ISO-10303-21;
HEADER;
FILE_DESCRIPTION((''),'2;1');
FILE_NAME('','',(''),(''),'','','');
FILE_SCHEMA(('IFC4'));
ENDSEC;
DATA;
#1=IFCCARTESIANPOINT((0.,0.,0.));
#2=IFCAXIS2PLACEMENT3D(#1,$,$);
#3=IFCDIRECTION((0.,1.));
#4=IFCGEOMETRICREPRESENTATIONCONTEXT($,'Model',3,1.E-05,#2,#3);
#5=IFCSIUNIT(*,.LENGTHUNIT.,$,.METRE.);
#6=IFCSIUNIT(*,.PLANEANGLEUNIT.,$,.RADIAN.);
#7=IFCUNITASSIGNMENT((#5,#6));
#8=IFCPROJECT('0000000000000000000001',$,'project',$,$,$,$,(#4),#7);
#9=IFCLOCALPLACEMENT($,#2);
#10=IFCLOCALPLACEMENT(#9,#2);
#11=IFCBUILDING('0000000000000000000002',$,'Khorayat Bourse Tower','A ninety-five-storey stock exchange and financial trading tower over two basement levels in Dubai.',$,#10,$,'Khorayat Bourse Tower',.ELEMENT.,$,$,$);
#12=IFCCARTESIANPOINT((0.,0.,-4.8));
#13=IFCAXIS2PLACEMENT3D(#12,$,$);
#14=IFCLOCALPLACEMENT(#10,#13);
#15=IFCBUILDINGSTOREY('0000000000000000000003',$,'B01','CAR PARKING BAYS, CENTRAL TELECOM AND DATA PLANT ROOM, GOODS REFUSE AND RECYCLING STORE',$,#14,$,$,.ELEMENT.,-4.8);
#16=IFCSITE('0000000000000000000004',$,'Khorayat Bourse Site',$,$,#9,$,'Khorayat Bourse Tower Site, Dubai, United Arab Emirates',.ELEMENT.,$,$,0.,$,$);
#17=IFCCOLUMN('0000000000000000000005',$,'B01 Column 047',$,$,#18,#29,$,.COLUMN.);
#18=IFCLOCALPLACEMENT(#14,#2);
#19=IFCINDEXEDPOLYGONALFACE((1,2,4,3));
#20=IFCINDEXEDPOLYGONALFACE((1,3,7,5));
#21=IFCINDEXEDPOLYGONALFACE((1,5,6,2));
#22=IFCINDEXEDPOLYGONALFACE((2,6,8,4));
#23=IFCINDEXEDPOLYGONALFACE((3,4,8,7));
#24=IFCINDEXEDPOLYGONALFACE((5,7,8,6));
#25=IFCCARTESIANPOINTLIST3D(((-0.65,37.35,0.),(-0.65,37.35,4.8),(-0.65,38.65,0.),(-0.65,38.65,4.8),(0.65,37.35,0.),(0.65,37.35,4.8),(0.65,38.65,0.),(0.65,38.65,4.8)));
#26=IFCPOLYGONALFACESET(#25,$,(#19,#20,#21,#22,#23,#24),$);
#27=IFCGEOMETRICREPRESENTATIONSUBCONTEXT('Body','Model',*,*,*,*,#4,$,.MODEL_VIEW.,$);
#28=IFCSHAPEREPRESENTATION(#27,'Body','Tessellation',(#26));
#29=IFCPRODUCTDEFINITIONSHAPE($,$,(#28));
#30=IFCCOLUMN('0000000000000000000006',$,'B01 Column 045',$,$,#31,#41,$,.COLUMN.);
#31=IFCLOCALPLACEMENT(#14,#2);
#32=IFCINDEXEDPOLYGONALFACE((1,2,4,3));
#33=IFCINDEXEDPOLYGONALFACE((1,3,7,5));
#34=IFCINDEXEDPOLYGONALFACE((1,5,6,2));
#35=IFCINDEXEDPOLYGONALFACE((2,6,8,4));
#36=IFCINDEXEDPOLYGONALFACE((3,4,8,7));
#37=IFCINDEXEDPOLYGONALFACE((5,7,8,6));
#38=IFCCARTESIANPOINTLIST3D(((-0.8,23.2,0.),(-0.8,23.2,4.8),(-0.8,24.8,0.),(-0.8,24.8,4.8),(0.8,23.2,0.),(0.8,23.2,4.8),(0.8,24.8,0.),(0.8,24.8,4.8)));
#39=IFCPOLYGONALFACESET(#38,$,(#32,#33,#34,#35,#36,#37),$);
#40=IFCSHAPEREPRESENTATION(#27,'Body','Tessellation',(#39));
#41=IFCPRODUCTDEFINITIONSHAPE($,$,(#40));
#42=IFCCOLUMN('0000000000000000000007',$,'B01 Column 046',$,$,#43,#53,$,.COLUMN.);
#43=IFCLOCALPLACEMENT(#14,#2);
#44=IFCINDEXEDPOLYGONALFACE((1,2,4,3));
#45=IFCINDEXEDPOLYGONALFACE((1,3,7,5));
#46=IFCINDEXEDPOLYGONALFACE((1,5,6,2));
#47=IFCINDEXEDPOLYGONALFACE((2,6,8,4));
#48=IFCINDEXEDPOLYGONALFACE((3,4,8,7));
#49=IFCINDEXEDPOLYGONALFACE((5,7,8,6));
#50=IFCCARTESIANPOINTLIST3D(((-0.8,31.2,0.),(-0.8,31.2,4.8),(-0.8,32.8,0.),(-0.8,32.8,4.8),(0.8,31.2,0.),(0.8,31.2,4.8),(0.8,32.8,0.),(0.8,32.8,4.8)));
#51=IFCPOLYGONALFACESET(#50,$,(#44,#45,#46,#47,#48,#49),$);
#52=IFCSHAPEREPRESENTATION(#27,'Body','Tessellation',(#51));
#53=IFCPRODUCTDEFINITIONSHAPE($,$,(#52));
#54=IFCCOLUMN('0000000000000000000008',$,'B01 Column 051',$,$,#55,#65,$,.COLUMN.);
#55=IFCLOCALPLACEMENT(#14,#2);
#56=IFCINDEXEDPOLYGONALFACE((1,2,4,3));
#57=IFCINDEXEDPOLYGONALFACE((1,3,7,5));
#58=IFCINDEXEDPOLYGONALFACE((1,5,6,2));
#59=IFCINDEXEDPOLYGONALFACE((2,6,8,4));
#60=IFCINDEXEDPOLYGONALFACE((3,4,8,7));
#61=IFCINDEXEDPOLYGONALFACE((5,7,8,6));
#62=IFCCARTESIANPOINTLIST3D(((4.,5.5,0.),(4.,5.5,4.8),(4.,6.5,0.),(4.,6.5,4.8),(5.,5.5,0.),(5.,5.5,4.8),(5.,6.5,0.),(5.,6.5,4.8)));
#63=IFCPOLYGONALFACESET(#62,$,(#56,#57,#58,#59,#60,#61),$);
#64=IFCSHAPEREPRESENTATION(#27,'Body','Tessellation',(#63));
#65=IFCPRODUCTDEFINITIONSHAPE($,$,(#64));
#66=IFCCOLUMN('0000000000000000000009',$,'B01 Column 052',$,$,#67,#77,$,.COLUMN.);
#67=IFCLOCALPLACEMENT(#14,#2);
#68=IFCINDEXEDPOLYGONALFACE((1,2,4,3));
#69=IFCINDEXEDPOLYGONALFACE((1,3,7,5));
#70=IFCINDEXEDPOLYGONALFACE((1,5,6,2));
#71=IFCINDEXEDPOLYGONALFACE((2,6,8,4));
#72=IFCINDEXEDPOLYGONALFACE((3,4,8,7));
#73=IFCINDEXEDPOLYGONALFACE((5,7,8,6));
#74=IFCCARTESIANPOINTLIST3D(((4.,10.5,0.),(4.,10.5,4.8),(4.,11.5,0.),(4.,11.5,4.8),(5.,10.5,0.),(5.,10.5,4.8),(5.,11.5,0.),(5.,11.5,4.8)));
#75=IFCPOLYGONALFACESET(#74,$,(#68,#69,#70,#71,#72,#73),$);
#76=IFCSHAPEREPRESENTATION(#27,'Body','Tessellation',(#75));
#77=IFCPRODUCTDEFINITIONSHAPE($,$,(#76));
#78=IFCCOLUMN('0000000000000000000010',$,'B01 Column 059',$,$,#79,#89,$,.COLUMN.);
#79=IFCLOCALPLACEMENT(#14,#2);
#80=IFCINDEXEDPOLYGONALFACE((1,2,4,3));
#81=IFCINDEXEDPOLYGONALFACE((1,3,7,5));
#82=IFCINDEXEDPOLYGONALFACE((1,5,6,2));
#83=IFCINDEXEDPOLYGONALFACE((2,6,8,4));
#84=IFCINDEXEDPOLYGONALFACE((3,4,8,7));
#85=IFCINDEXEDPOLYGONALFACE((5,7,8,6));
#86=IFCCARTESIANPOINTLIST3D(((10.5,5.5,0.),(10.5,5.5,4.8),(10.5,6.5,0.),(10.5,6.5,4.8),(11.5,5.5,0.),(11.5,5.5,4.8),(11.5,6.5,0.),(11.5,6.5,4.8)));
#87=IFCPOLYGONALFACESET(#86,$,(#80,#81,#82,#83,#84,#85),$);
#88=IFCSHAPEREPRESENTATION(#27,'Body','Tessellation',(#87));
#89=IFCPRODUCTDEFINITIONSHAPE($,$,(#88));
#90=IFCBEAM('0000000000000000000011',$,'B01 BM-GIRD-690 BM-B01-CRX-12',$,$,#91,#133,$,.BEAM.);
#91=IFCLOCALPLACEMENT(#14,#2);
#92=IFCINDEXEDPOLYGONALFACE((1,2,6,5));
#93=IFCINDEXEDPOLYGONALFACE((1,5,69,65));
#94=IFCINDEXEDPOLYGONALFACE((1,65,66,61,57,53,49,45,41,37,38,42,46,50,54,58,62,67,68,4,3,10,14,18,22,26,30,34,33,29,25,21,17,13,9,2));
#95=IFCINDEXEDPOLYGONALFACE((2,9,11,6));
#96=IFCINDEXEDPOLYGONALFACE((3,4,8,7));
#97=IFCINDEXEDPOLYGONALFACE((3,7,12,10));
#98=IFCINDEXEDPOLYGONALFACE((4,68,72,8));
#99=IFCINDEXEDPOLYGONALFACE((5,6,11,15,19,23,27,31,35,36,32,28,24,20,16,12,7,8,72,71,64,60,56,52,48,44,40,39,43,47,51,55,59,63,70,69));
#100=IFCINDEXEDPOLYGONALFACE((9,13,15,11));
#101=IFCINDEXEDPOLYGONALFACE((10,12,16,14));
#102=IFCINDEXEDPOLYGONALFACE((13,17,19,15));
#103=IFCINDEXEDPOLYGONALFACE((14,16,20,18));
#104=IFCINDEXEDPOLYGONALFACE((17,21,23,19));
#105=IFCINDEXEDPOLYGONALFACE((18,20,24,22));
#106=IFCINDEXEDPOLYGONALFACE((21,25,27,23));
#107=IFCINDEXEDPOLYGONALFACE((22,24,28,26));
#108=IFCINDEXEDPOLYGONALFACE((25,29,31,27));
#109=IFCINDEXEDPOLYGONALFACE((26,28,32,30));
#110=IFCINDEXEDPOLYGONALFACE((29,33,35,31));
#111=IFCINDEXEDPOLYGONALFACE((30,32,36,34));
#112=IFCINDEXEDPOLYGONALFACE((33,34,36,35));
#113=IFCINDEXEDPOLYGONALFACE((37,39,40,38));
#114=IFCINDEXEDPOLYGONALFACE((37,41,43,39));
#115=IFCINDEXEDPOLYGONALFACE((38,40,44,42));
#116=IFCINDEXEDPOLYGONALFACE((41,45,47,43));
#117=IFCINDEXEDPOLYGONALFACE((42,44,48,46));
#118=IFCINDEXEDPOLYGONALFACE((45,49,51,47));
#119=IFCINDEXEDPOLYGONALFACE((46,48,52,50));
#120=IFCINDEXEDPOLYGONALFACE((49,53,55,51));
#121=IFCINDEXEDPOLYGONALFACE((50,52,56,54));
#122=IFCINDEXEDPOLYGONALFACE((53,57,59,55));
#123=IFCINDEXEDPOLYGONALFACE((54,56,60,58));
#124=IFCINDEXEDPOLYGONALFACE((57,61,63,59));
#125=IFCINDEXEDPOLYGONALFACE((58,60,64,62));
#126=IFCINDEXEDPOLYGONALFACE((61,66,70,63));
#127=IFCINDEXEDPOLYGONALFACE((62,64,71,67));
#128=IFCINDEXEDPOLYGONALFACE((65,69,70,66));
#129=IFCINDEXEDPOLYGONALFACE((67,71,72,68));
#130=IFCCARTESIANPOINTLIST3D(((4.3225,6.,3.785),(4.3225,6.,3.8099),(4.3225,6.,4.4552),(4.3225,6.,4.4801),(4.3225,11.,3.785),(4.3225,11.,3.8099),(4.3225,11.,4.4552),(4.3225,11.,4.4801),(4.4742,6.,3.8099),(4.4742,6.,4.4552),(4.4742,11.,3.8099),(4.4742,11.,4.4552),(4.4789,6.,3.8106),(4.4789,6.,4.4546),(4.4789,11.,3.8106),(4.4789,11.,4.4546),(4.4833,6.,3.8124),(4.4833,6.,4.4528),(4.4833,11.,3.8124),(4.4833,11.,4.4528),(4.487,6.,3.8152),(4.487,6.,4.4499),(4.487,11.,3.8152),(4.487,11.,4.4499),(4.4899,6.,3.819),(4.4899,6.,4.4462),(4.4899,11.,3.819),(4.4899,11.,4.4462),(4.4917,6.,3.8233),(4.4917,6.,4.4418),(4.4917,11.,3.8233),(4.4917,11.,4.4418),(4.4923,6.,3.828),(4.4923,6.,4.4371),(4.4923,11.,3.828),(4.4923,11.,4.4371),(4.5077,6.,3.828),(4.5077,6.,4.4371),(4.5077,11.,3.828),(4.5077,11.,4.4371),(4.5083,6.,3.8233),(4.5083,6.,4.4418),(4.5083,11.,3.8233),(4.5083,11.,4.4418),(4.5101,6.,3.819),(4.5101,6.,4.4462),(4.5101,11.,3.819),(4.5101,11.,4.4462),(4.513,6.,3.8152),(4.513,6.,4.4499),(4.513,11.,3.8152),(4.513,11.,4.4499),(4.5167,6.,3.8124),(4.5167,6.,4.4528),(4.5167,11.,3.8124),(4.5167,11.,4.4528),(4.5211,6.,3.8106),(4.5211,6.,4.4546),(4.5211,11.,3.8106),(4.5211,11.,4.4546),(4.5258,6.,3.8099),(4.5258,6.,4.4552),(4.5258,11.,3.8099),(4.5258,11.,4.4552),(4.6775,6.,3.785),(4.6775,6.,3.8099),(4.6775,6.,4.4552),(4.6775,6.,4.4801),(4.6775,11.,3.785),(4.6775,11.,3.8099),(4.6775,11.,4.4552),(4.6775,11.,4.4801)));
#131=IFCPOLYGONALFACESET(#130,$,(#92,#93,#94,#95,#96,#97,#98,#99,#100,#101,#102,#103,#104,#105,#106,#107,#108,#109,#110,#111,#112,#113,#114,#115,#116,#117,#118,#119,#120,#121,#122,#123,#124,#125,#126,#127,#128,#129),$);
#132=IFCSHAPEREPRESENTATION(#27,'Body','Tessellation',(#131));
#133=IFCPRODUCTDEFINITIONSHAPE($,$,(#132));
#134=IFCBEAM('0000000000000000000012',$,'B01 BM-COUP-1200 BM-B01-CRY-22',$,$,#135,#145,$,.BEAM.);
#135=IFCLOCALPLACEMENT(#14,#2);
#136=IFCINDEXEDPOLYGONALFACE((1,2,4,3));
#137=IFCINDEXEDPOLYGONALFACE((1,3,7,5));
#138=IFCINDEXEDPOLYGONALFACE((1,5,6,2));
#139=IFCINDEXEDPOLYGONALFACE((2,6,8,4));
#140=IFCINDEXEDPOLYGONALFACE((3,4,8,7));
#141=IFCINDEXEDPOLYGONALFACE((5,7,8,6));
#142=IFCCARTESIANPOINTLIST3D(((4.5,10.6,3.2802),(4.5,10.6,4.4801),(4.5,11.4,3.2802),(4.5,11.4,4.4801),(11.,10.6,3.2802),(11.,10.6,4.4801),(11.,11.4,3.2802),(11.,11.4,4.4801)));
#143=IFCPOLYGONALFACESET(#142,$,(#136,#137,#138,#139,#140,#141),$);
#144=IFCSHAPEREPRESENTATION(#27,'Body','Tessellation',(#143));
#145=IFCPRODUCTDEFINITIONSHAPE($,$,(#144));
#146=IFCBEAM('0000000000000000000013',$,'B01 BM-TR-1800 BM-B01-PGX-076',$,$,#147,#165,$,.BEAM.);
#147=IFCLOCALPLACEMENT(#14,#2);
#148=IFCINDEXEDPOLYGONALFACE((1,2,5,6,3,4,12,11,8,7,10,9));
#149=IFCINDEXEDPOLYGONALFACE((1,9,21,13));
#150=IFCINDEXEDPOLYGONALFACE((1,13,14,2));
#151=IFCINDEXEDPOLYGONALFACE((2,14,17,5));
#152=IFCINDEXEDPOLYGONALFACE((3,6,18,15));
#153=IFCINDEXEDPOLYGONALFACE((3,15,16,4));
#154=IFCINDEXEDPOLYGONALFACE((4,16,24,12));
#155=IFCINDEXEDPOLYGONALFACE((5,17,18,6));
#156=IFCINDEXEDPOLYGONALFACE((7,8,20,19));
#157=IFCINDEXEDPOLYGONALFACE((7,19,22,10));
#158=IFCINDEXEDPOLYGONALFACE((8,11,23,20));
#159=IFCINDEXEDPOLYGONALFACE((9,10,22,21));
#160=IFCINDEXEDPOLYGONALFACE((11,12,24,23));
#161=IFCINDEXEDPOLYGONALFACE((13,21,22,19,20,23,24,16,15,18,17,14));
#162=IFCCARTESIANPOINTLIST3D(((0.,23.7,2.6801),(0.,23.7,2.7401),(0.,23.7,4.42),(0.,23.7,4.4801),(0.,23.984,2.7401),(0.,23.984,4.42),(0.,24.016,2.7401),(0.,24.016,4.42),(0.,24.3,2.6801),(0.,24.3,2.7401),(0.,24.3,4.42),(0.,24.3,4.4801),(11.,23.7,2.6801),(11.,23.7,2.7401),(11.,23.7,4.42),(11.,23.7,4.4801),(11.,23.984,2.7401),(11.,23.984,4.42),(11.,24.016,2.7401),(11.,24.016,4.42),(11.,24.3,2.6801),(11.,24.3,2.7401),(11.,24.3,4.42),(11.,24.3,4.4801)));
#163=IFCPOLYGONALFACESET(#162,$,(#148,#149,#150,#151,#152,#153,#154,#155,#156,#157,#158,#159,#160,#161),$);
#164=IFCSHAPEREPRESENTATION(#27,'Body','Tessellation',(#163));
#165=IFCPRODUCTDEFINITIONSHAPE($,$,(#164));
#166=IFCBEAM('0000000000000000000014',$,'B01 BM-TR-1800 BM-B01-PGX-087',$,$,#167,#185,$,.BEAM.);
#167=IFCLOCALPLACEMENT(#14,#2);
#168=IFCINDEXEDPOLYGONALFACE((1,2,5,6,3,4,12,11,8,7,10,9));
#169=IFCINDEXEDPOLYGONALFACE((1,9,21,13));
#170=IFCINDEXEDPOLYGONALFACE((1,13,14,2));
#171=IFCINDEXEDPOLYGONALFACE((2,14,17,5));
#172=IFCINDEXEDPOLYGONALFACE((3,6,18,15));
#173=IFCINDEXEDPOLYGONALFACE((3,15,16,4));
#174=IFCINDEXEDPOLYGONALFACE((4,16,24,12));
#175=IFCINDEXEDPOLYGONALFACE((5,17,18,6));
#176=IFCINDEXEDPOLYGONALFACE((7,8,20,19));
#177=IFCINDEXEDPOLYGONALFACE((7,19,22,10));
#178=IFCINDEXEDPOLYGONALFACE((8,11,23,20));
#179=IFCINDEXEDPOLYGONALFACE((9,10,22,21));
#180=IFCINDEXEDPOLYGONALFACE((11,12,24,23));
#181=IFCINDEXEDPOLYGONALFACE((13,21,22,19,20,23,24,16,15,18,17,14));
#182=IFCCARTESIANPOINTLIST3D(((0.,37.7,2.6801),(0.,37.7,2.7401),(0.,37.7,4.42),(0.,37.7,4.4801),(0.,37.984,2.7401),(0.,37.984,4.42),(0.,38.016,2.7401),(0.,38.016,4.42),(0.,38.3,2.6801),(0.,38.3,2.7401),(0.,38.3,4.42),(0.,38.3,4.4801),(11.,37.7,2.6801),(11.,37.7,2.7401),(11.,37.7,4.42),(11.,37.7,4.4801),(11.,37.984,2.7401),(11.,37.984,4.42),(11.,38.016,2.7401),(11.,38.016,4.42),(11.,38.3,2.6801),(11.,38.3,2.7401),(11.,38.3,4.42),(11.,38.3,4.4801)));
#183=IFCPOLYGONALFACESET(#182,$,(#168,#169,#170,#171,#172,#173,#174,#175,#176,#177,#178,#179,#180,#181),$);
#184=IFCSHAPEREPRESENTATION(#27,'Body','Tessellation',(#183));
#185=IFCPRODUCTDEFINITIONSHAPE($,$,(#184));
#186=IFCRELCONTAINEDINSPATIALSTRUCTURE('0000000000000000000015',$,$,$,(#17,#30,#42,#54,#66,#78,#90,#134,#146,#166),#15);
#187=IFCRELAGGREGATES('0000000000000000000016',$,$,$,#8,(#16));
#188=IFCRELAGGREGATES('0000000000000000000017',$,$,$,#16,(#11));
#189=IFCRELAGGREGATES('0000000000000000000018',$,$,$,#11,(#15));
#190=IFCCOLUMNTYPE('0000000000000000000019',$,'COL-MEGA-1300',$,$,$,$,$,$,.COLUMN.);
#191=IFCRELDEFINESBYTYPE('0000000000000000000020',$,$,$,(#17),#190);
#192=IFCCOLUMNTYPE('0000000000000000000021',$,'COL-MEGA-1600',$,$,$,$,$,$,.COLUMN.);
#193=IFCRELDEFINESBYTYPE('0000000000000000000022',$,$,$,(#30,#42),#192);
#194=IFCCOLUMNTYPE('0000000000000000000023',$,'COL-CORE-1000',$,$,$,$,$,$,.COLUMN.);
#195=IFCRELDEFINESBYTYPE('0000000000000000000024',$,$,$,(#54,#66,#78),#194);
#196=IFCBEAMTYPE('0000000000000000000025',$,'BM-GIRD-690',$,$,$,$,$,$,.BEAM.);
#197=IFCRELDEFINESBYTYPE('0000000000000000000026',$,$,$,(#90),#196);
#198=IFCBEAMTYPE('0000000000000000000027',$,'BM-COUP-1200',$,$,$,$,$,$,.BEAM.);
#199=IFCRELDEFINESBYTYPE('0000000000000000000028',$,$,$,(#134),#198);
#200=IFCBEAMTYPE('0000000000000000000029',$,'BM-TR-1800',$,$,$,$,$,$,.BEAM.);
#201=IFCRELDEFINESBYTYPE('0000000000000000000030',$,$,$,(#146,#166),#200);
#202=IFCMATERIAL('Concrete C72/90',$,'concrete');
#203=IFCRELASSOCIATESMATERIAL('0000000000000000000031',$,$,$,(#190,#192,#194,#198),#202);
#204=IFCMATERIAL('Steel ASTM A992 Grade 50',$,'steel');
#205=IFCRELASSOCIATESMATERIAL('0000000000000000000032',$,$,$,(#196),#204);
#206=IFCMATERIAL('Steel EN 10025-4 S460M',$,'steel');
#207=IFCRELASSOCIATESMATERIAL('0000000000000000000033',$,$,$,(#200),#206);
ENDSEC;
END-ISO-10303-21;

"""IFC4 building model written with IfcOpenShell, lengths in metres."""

from ifc_helpers import new_model, si_unit, direction, frame, origin, origin_2d, place, context, subcontext, project, spatial, rectangle, i_section, extrude, source, transform, mapped, material, material_profile, profile_set, type_object, element, save


model = new_model("IFC4")

# Units and contexts
model_context = context("Model", 3, precision=1e-05, world=origin(), true_north=direction((0.0, 1.0)))
body_context = subcontext(model_context, "Body", "Model", "MODEL_VIEW")
ifc_project = project(units=[si_unit("LENGTHUNIT", "METRE"), si_unit("PLANEANGLEUNIT", "RADIAN")], contexts=[model_context])

# Site, building, storey
site_placement = place(None, origin())
site = spatial("IfcSite", under=ifc_project, at=site_placement, Name="Khorayat Bourse Site", LongName="Khorayat Bourse Tower Site, Dubai, United Arab Emirates", CompositionType="ELEMENT", RefElevation=0.0)
building_placement = place(site_placement, origin())
building = spatial("IfcBuilding", under=site, at=building_placement, Name="Khorayat Bourse Tower", Description="A ninety-five-storey stock exchange and financial trading tower over two basement levels in Dubai.", LongName="Khorayat Bourse Tower", CompositionType="ELEMENT")
storey_placement = place(building_placement, frame((0.0, 0.0, -4.8)))
storey = spatial("IfcBuildingStorey", under=building, at=storey_placement, Name="B01", Description="CAR PARKING BAYS, CENTRAL TELECOM AND DATA PLANT ROOM, GOODS REFUSE AND RECYCLING STORE", CompositionType="ELEMENT", Elevation=-4.8)

# Columns
ifc_material_1 = material(Name="Concrete C72/90", Category="concrete")
ifc_material_profile_1 = material_profile(ifc_material_1, rectangle(XDim=1.3, YDim=1.3, at=origin_2d()), Name="RC 1300x1300")
ifc_profile_set_1 = profile_set([ifc_material_profile_1], Name="Concrete C72/90")
column_type_1 = type_object("IfcColumnType", Name="COL-MEGA-1300", PredefinedType="COLUMN", material=ifc_profile_set_1)
shared_shape_1 = source(origin(), body_context, "Body", "SweptSolid", [
    extrude(rectangle(XDim=1.3, YDim=1.3, at=origin_2d()), origin(), (0.0, 0.0, 1.0), 4.8),
])
column_placement = place(storey_placement, frame((0.0, 38.0, 0.0), z_axis=(0.0, 0.0, 1.0), x_axis=(1.0, 0.0, 0.0)))
element("IfcColumn", 1, at=column_placement, inside=storey, type_object=column_type_1, Name="B01 Column 047", PredefinedType="COLUMN", context=body_context, shape_type="MappedRepresentation", body=[
    mapped(shared_shape_1, transform((0.0, 0.0, 0.0), scale=1.0)),
])
ifc_material_profile_2 = material_profile(ifc_material_1, rectangle(XDim=1.6001, YDim=1.6001, at=origin_2d()), Name="RC 1600x1600")
ifc_profile_set_2 = profile_set([ifc_material_profile_2], Name="Concrete C72/90")
column_type_2 = type_object("IfcColumnType", Name="COL-MEGA-1600", PredefinedType="COLUMN", material=ifc_profile_set_2)
shared_shape_2 = source(origin(), body_context, "Body", "SweptSolid", [
    extrude(rectangle(XDim=1.6001, YDim=1.6001, at=origin_2d()), origin(), (0.0, 0.0, 1.0), 4.8),
])
for number, where, z_axis, x_axis, name in (
    (2, (0.0, 24.0, 0.0), (0.0, 0.0, 1.0), (1.0, 0.0, 0.0), "B01 Column 045"),
    (3, (0.0, 32.0, 0.0), (0.0, 0.0, 1.0), (1.0, 0.0, 0.0), "B01 Column 046"),
):
    element("IfcColumn", number, at=place(storey_placement, frame(where, z_axis=z_axis, x_axis=x_axis)), inside=storey, type_object=column_type_2, Name=name, PredefinedType="COLUMN", context=body_context, shape_type="MappedRepresentation", body=[
        mapped(shared_shape_2, transform((0.0, 0.0, 0.0), scale=1.0)),
    ])
ifc_material_profile_3 = material_profile(ifc_material_1, rectangle(XDim=1.0, YDim=1.0, at=origin_2d()), Name="RC 1000x1000")
ifc_profile_set_3 = profile_set([ifc_material_profile_3], Name="Concrete C72/90")
column_type_3 = type_object("IfcColumnType", Name="COL-CORE-1000", PredefinedType="COLUMN", material=ifc_profile_set_3)
shared_shape_3 = source(origin(), body_context, "Body", "SweptSolid", [
    extrude(rectangle(XDim=1.0, YDim=1.0, at=origin_2d()), origin(), (0.0, 0.0, 1.0), 4.8),
])
for number, where, z_axis, x_axis, name in (
    (4, (4.5, 6.0, 0.0), (0.0, 0.0, 1.0), (1.0, 0.0, 0.0), "B01 Column 051"),
    (5, (4.5, 11.0, 0.0), (0.0, 0.0, 1.0), (1.0, 0.0, 0.0), "B01 Column 052"),
    (6, (11.0, 6.0, 0.0), (0.0, 0.0, 1.0), (1.0, 0.0, 0.0), "B01 Column 059"),
):
    element("IfcColumn", number, at=place(storey_placement, frame(where, z_axis=z_axis, x_axis=x_axis)), inside=storey, type_object=column_type_3, Name=name, PredefinedType="COLUMN", context=body_context, shape_type="MappedRepresentation", body=[
        mapped(shared_shape_3, transform((0.0, 0.0, 0.0), scale=1.0)),
    ])

# Beams
ifc_material_2 = material(Name="Steel ASTM A992 Grade 50", Category="steel")
ifc_material_profile_4 = material_profile(ifc_material_2, i_section(OverallWidth=0.355, OverallDepth=0.6951, WebThickness=0.0154, FlangeThickness=0.0249, FilletRadius=0.0181, at=origin_2d()), Name="W690X217")
ifc_profile_set_4 = profile_set([ifc_material_profile_4], Name="Steel ASTM A992 Grade 50")
beam_type_1 = type_object("IfcBeamType", Name="BM-GIRD-690", PredefinedType="BEAM", material=ifc_profile_set_4)
shared_shape_4 = source(origin(), body_context, "Body", "SweptSolid", [
    extrude(i_section(OverallWidth=0.355, OverallDepth=0.6951, WebThickness=0.0154, FlangeThickness=0.0249, FilletRadius=0.0181, at=origin_2d()), origin(), (0.0, 0.0, 1.0), 5.0),
])
beam_1_placement = place(storey_placement, frame((4.5, 6.0, 4.1326), z_axis=(0.0, 1.0, 0.0), x_axis=(-1.0, 0.0, 0.0)))
element("IfcBeam", 7, at=beam_1_placement, inside=storey, type_object=beam_type_1, Name="B01 BM-GIRD-690 BM-B01-CRX-12", PredefinedType="BEAM", context=body_context, shape_type="MappedRepresentation", body=[
    mapped(shared_shape_4, transform((0.0, 0.0, 0.0), scale=1.0)),
])
ifc_material_profile_5 = material_profile(ifc_material_1, rectangle(XDim=0.8, YDim=1.2, at=origin_2d()), Name="RC 800x1200")
ifc_profile_set_5 = profile_set([ifc_material_profile_5], Name="Concrete C72/90")
beam_type_2 = type_object("IfcBeamType", Name="BM-COUP-1200", PredefinedType="BEAM", material=ifc_profile_set_5)
shared_shape_5 = source(origin(), body_context, "Body", "SweptSolid", [
    extrude(rectangle(XDim=0.8, YDim=1.2, at=origin_2d()), origin(), (0.0, 0.0, 1.0), 6.5),
])
beam_2_placement = place(storey_placement, frame((4.5, 11.0, 3.8801), z_axis=(1.0, 0.0, 0.0), x_axis=(0.0, 1.0, 0.0)))
element("IfcBeam", 8, at=beam_2_placement, inside=storey, type_object=beam_type_2, Name="B01 BM-COUP-1200 BM-B01-CRY-22", PredefinedType="BEAM", context=body_context, shape_type="MappedRepresentation", body=[
    mapped(shared_shape_5, transform((0.0, 0.0, 0.0), scale=1.0)),
])
ifc_material_3 = material(Name="Steel EN 10025-4 S460M", Category="steel")
ifc_material_profile_6 = material_profile(ifc_material_3, i_section(OverallWidth=0.6001, OverallDepth=1.8, WebThickness=0.032, FlangeThickness=0.0601, at=origin_2d()), Name="PG 1800x600x32x60")
ifc_profile_set_6 = profile_set([ifc_material_profile_6], Name="Steel EN 10025-4 S460M")
beam_type_3 = type_object("IfcBeamType", Name="BM-TR-1800", PredefinedType="BEAM", material=ifc_profile_set_6)
shared_shape_6 = source(origin(), body_context, "Body", "SweptSolid", [
    extrude(i_section(OverallWidth=0.6001, OverallDepth=1.8, WebThickness=0.032, FlangeThickness=0.0601, at=origin_2d()), origin(), (0.0, 0.0, 1.0), 11.0),
])
for number, where, z_axis, x_axis, name in (
    (9, (0.0, 24.0, 3.5801), (1.0, 0.0, 0.0), (0.0, 1.0, 0.0), "B01 BM-TR-1800 BM-B01-PGX-076"),
    (10, (0.0, 38.0, 3.5801), (1.0, 0.0, 0.0), (0.0, 1.0, 0.0), "B01 BM-TR-1800 BM-B01-PGX-087"),
):
    element("IfcBeam", number, at=place(storey_placement, frame(where, z_axis=z_axis, x_axis=x_axis)), inside=storey, type_object=beam_type_3, Name=name, PredefinedType="BEAM", context=body_context, shape_type="MappedRepresentation", body=[
        mapped(shared_shape_6, transform((0.0, 0.0, 0.0), scale=1.0)),
    ])

save(model, "model.ifc")
